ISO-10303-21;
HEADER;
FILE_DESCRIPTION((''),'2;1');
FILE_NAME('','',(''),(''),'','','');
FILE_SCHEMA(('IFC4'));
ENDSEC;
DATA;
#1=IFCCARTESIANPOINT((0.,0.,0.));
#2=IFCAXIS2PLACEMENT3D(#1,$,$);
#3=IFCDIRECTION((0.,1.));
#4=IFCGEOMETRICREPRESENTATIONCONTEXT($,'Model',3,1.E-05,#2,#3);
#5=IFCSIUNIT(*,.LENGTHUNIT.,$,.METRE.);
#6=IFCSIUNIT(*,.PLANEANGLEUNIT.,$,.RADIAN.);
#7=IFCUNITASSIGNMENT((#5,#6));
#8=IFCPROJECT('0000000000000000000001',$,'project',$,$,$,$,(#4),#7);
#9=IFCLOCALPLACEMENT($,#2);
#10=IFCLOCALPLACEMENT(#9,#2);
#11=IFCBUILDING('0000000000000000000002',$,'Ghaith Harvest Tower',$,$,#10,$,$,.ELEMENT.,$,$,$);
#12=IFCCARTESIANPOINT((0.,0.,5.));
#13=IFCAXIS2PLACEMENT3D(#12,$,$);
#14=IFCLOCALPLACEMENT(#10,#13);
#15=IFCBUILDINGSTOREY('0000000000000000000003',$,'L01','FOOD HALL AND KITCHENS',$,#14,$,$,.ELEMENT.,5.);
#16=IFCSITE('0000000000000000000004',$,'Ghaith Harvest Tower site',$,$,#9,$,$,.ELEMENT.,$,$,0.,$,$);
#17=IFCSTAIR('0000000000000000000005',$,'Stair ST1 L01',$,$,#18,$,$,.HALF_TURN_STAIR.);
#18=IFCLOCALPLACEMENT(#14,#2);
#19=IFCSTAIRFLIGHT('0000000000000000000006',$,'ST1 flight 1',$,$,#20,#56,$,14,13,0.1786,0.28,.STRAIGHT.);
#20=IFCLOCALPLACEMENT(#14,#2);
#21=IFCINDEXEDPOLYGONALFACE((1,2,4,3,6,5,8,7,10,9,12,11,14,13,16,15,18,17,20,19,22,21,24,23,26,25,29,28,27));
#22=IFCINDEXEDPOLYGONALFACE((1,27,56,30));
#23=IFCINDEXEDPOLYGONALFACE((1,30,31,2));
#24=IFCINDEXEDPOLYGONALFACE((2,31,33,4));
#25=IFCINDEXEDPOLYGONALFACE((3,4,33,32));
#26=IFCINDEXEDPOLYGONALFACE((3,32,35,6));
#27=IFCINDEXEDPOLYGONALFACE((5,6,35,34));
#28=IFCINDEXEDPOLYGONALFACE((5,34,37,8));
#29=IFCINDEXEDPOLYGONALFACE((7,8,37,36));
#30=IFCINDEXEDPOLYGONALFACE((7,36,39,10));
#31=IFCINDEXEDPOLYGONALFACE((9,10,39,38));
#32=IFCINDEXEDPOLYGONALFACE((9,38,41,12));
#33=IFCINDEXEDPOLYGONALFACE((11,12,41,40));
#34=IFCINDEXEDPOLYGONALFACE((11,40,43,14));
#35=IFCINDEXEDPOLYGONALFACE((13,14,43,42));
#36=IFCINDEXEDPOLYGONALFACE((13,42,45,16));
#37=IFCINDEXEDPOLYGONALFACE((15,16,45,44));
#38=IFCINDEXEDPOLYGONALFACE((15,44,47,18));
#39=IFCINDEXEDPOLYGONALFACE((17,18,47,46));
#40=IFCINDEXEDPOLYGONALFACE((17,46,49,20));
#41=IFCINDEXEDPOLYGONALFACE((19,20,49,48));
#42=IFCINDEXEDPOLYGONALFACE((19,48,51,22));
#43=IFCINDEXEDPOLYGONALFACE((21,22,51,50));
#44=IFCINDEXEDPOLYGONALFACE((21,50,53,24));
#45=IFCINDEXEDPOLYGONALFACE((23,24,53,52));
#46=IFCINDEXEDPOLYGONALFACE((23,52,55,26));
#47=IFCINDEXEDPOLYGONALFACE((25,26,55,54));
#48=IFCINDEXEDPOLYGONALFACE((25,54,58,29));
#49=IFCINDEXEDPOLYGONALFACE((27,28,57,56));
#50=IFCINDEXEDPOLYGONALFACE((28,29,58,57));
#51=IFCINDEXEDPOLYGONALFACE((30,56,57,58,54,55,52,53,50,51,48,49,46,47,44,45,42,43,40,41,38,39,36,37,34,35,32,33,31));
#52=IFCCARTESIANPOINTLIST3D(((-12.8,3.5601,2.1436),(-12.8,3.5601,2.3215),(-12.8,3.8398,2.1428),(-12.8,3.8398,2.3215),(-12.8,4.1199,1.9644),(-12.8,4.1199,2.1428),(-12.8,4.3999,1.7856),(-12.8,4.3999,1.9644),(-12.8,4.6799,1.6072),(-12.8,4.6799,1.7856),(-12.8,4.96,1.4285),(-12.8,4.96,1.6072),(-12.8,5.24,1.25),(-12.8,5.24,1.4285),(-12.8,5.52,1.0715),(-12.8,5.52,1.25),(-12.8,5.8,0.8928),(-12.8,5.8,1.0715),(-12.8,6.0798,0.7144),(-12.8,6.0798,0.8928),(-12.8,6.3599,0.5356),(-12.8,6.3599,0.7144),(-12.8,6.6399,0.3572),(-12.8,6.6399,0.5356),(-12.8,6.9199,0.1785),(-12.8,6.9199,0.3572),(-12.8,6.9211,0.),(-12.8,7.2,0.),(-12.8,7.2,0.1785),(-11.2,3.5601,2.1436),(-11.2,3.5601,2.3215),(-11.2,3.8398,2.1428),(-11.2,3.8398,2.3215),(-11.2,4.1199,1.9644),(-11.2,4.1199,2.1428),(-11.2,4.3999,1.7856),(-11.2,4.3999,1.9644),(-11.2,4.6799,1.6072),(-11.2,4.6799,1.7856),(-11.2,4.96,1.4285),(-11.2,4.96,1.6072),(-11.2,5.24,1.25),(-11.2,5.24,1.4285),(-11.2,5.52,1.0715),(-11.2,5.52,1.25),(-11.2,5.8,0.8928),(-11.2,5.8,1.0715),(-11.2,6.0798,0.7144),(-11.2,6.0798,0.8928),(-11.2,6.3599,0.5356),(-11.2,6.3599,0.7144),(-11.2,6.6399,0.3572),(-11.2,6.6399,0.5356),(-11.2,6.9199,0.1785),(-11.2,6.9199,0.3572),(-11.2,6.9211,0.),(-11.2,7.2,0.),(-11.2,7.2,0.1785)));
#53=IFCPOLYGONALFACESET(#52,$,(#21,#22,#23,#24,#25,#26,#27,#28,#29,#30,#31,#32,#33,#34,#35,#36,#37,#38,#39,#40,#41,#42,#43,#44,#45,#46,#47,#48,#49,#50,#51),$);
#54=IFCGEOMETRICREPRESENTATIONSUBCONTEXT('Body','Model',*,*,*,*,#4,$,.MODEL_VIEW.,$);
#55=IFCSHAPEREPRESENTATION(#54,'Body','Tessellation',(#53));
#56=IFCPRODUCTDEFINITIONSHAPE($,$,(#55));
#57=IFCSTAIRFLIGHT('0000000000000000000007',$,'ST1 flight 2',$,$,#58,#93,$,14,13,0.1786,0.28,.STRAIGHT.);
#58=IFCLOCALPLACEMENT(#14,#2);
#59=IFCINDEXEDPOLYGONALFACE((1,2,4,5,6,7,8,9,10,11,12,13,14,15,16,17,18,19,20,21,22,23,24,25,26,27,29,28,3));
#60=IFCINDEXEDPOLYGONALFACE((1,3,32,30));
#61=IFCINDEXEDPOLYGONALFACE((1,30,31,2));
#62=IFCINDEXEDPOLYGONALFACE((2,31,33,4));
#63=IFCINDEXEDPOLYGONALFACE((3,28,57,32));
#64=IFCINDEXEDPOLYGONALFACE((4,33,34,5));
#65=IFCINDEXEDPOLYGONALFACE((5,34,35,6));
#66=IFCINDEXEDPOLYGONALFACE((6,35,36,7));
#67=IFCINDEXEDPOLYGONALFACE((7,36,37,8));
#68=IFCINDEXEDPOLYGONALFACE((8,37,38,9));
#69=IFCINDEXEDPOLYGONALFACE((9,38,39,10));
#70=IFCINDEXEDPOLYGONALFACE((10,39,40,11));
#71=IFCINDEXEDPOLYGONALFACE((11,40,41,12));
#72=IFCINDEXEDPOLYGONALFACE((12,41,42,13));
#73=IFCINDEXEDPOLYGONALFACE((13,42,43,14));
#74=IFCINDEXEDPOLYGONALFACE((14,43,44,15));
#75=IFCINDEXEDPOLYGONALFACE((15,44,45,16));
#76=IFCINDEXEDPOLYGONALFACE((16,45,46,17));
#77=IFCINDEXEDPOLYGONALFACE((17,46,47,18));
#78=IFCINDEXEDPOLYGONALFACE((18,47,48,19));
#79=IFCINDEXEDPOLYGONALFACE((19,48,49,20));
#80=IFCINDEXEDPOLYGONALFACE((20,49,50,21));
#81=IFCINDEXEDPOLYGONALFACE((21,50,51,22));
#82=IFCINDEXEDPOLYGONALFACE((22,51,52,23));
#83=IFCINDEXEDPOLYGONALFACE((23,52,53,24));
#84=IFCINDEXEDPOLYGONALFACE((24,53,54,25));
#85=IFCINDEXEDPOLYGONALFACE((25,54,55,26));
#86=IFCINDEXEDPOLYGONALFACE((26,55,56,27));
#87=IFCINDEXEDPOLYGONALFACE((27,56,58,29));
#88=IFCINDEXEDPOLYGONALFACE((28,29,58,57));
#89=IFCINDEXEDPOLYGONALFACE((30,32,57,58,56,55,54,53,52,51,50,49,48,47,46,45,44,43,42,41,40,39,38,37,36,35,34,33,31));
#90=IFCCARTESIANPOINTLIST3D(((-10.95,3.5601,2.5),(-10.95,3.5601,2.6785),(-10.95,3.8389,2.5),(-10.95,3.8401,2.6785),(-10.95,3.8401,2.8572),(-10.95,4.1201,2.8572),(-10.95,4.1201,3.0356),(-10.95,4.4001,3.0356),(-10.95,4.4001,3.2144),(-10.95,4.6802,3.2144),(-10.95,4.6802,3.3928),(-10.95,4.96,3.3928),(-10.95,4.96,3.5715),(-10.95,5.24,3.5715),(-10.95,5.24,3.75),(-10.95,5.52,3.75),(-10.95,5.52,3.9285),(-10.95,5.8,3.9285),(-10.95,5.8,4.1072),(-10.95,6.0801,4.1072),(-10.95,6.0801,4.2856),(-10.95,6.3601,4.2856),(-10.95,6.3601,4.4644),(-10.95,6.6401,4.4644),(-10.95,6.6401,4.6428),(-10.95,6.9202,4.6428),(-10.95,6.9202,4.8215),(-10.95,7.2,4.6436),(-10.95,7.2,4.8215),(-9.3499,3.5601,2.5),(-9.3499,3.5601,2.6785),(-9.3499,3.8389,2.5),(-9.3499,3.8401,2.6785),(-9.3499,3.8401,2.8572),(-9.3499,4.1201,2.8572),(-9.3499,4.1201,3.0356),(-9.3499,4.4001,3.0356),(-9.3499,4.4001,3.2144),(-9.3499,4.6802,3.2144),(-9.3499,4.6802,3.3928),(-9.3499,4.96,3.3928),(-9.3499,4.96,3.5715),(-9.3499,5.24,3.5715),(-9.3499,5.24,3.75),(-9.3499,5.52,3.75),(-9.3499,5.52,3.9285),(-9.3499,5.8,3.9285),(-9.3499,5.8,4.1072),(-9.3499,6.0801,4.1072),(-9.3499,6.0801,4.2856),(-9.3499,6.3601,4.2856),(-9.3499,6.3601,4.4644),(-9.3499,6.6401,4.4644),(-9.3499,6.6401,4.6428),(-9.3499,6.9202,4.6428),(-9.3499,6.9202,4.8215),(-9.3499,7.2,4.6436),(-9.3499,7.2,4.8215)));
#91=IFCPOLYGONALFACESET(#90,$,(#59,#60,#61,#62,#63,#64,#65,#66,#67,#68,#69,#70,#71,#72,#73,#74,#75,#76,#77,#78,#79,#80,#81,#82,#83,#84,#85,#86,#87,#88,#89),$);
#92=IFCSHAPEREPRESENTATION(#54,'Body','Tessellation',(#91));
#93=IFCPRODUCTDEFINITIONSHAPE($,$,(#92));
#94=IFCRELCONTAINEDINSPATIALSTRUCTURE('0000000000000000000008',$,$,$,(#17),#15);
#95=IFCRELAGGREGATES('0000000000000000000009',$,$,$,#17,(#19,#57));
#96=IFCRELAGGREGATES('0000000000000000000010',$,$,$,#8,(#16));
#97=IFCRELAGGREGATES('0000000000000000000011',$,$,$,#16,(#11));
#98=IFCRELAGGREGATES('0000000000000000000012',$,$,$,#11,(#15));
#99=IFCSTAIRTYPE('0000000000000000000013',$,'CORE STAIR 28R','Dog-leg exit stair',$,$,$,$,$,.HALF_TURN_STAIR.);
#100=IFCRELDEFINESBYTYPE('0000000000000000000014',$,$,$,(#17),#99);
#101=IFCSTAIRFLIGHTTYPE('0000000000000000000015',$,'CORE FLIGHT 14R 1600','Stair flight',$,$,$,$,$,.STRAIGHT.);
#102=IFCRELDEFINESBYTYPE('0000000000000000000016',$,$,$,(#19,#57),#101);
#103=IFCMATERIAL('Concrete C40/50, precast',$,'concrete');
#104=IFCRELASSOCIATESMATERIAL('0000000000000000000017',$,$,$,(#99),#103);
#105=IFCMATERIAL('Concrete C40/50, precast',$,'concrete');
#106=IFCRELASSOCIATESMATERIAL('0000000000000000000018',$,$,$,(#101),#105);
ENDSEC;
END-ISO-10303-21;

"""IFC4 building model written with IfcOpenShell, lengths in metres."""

from ifc_helpers import new_model, si_unit, direction, frame, origin, place, context, subcontext, project, spatial, polyline, outline, extrude, material, type_object, element, aggregate, save


model = new_model("IFC4")

# Units and contexts
model_context = context("Model", 3, precision=1e-05, world=origin(), true_north=direction((0.0, 1.0)))
body_context = subcontext(model_context, "Body", "Model", "MODEL_VIEW")
ifc_project = project(units=[si_unit("LENGTHUNIT", "METRE"), si_unit("PLANEANGLEUNIT", "RADIAN")], contexts=[model_context])

# Site, building, storey
site_placement = place(None, origin())
site = spatial("IfcSite", under=ifc_project, at=site_placement, Name="Ghaith Harvest Tower site", CompositionType="ELEMENT", RefElevation=0.0)
building_placement = place(site_placement, origin())
building = spatial("IfcBuilding", under=site, at=building_placement, Name="Ghaith Harvest Tower", CompositionType="ELEMENT")
storey_placement = place(building_placement, frame((0.0, 0.0, 5.0)))
storey = spatial("IfcBuildingStorey", under=building, at=storey_placement, Name="L01", Description="FOOD HALL AND KITCHENS", CompositionType="ELEMENT", Elevation=5.0)

# Stair, stair flights
ifc_material_1 = material(Name="Concrete C40/50, precast", Category="concrete")
stair_type = type_object("IfcStairType", Name="CORE STAIR 28R", Description="Dog-leg exit stair", PredefinedType="HALF_TURN_STAIR", material=ifc_material_1)
stair_placement = place(storey_placement, origin())
stair = element("IfcStair", 1, at=stair_placement, inside=storey, type_object=stair_type, Name="Stair ST1 L01", PredefinedType="HALF_TURN_STAIR")
ifc_material_2 = material(Name="Concrete C40/50, precast", Category="concrete")
stair_flight_type = type_object("IfcStairFlightType", Name="CORE FLIGHT 14R 1600", Description="Stair flight", PredefinedType="STRAIGHT", material=ifc_material_2)
stair_flight_1_placement = place(storey_placement, frame((-12.0, 7.2, 0.0), z_axis=(0.0, 0.0, 1.0), x_axis=(0.0, -1.0, 0.0)))
stair_flight_1 = element("IfcStairFlight", 2, at=stair_flight_1_placement, type_object=stair_flight_type, Name="ST1 flight 1", NumberOfRisers=14, NumberOfTreads=13, PredefinedType="STRAIGHT", RiserHeight=0.1786, TreadLength=0.28, context=body_context, shape_type="SweptSolid", body=[
    extrude(outline(polyline([(0.0, 0.0), (0.0, 0.1785), (0.28, 0.1785), (0.28, 0.3572), (0.5601, 0.3572), (0.5601, 0.5356), (0.8401, 0.5356), (0.8401, 0.7144), (1.1201, 0.7144), (1.1201, 0.8928), (1.3999, 0.8928), (1.3999, 1.0715), (1.6799, 1.0715), (1.6799, 1.25), (1.96, 1.25), (1.96, 1.4285), (2.24, 1.4285), (2.24, 1.6072), (2.52, 1.6072), (2.52, 1.7856), (2.8, 1.7856), (2.8, 1.9644), (3.0801, 1.9644), (3.0801, 2.1428), (3.3601, 2.1428), (3.3601, 2.3215), (3.6399, 2.3215), (3.6399, 2.5), (3.6399, 2.1436), (0.2788, 0.0), (0.0, 0.0)])), frame((0.0, 0.8, 0.0), z_axis=(0.0, -1.0, 0.0), x_axis=(1.0, 0.0, 0.0)), (0.0, 0.0, 1.0), 1.6001),
])
stair_flight_2_placement = place(storey_placement, frame((-10.1499, 3.5601, 2.5), z_axis=(0.0, 0.0, 1.0), x_axis=(0.0, 1.0, 0.0)))
stair_flight_2 = element("IfcStairFlight", 3, at=stair_flight_2_placement, type_object=stair_flight_type, Name="ST1 flight 2", NumberOfRisers=14, NumberOfTreads=13, PredefinedType="STRAIGHT", RiserHeight=0.1786, TreadLength=0.28, context=body_context, shape_type="SweptSolid", body=[
    extrude(outline(polyline([(0.0, 0.0), (0.0, 0.1785), (0.28, 0.1785), (0.28, 0.3572), (0.5601, 0.3572), (0.5601, 0.5356), (0.8401, 0.5356), (0.8401, 0.7144), (1.1201, 0.7144), (1.1201, 0.8928), (1.3999, 0.8928), (1.3999, 1.0715), (1.6799, 1.0715), (1.6799, 1.25), (1.96, 1.25), (1.96, 1.4285), (2.24, 1.4285), (2.24, 1.6072), (2.52, 1.6072), (2.52, 1.7856), (2.8, 1.7856), (2.8, 1.9644), (3.0801, 1.9644), (3.0801, 2.1428), (3.3601, 2.1428), (3.3601, 2.3215), (3.6399, 2.3215), (3.6399, 2.5), (3.6399, 2.1436), (0.2788, 0.0), (0.0, 0.0)])), frame((0.0, 0.8, 0.0), z_axis=(0.0, -1.0, 0.0), x_axis=(1.0, 0.0, 0.0)), (0.0, 0.0, 1.0), 1.6001),
])
aggregate(stair, [stair_flight_1, stair_flight_2])

save(model, "model.ifc")
